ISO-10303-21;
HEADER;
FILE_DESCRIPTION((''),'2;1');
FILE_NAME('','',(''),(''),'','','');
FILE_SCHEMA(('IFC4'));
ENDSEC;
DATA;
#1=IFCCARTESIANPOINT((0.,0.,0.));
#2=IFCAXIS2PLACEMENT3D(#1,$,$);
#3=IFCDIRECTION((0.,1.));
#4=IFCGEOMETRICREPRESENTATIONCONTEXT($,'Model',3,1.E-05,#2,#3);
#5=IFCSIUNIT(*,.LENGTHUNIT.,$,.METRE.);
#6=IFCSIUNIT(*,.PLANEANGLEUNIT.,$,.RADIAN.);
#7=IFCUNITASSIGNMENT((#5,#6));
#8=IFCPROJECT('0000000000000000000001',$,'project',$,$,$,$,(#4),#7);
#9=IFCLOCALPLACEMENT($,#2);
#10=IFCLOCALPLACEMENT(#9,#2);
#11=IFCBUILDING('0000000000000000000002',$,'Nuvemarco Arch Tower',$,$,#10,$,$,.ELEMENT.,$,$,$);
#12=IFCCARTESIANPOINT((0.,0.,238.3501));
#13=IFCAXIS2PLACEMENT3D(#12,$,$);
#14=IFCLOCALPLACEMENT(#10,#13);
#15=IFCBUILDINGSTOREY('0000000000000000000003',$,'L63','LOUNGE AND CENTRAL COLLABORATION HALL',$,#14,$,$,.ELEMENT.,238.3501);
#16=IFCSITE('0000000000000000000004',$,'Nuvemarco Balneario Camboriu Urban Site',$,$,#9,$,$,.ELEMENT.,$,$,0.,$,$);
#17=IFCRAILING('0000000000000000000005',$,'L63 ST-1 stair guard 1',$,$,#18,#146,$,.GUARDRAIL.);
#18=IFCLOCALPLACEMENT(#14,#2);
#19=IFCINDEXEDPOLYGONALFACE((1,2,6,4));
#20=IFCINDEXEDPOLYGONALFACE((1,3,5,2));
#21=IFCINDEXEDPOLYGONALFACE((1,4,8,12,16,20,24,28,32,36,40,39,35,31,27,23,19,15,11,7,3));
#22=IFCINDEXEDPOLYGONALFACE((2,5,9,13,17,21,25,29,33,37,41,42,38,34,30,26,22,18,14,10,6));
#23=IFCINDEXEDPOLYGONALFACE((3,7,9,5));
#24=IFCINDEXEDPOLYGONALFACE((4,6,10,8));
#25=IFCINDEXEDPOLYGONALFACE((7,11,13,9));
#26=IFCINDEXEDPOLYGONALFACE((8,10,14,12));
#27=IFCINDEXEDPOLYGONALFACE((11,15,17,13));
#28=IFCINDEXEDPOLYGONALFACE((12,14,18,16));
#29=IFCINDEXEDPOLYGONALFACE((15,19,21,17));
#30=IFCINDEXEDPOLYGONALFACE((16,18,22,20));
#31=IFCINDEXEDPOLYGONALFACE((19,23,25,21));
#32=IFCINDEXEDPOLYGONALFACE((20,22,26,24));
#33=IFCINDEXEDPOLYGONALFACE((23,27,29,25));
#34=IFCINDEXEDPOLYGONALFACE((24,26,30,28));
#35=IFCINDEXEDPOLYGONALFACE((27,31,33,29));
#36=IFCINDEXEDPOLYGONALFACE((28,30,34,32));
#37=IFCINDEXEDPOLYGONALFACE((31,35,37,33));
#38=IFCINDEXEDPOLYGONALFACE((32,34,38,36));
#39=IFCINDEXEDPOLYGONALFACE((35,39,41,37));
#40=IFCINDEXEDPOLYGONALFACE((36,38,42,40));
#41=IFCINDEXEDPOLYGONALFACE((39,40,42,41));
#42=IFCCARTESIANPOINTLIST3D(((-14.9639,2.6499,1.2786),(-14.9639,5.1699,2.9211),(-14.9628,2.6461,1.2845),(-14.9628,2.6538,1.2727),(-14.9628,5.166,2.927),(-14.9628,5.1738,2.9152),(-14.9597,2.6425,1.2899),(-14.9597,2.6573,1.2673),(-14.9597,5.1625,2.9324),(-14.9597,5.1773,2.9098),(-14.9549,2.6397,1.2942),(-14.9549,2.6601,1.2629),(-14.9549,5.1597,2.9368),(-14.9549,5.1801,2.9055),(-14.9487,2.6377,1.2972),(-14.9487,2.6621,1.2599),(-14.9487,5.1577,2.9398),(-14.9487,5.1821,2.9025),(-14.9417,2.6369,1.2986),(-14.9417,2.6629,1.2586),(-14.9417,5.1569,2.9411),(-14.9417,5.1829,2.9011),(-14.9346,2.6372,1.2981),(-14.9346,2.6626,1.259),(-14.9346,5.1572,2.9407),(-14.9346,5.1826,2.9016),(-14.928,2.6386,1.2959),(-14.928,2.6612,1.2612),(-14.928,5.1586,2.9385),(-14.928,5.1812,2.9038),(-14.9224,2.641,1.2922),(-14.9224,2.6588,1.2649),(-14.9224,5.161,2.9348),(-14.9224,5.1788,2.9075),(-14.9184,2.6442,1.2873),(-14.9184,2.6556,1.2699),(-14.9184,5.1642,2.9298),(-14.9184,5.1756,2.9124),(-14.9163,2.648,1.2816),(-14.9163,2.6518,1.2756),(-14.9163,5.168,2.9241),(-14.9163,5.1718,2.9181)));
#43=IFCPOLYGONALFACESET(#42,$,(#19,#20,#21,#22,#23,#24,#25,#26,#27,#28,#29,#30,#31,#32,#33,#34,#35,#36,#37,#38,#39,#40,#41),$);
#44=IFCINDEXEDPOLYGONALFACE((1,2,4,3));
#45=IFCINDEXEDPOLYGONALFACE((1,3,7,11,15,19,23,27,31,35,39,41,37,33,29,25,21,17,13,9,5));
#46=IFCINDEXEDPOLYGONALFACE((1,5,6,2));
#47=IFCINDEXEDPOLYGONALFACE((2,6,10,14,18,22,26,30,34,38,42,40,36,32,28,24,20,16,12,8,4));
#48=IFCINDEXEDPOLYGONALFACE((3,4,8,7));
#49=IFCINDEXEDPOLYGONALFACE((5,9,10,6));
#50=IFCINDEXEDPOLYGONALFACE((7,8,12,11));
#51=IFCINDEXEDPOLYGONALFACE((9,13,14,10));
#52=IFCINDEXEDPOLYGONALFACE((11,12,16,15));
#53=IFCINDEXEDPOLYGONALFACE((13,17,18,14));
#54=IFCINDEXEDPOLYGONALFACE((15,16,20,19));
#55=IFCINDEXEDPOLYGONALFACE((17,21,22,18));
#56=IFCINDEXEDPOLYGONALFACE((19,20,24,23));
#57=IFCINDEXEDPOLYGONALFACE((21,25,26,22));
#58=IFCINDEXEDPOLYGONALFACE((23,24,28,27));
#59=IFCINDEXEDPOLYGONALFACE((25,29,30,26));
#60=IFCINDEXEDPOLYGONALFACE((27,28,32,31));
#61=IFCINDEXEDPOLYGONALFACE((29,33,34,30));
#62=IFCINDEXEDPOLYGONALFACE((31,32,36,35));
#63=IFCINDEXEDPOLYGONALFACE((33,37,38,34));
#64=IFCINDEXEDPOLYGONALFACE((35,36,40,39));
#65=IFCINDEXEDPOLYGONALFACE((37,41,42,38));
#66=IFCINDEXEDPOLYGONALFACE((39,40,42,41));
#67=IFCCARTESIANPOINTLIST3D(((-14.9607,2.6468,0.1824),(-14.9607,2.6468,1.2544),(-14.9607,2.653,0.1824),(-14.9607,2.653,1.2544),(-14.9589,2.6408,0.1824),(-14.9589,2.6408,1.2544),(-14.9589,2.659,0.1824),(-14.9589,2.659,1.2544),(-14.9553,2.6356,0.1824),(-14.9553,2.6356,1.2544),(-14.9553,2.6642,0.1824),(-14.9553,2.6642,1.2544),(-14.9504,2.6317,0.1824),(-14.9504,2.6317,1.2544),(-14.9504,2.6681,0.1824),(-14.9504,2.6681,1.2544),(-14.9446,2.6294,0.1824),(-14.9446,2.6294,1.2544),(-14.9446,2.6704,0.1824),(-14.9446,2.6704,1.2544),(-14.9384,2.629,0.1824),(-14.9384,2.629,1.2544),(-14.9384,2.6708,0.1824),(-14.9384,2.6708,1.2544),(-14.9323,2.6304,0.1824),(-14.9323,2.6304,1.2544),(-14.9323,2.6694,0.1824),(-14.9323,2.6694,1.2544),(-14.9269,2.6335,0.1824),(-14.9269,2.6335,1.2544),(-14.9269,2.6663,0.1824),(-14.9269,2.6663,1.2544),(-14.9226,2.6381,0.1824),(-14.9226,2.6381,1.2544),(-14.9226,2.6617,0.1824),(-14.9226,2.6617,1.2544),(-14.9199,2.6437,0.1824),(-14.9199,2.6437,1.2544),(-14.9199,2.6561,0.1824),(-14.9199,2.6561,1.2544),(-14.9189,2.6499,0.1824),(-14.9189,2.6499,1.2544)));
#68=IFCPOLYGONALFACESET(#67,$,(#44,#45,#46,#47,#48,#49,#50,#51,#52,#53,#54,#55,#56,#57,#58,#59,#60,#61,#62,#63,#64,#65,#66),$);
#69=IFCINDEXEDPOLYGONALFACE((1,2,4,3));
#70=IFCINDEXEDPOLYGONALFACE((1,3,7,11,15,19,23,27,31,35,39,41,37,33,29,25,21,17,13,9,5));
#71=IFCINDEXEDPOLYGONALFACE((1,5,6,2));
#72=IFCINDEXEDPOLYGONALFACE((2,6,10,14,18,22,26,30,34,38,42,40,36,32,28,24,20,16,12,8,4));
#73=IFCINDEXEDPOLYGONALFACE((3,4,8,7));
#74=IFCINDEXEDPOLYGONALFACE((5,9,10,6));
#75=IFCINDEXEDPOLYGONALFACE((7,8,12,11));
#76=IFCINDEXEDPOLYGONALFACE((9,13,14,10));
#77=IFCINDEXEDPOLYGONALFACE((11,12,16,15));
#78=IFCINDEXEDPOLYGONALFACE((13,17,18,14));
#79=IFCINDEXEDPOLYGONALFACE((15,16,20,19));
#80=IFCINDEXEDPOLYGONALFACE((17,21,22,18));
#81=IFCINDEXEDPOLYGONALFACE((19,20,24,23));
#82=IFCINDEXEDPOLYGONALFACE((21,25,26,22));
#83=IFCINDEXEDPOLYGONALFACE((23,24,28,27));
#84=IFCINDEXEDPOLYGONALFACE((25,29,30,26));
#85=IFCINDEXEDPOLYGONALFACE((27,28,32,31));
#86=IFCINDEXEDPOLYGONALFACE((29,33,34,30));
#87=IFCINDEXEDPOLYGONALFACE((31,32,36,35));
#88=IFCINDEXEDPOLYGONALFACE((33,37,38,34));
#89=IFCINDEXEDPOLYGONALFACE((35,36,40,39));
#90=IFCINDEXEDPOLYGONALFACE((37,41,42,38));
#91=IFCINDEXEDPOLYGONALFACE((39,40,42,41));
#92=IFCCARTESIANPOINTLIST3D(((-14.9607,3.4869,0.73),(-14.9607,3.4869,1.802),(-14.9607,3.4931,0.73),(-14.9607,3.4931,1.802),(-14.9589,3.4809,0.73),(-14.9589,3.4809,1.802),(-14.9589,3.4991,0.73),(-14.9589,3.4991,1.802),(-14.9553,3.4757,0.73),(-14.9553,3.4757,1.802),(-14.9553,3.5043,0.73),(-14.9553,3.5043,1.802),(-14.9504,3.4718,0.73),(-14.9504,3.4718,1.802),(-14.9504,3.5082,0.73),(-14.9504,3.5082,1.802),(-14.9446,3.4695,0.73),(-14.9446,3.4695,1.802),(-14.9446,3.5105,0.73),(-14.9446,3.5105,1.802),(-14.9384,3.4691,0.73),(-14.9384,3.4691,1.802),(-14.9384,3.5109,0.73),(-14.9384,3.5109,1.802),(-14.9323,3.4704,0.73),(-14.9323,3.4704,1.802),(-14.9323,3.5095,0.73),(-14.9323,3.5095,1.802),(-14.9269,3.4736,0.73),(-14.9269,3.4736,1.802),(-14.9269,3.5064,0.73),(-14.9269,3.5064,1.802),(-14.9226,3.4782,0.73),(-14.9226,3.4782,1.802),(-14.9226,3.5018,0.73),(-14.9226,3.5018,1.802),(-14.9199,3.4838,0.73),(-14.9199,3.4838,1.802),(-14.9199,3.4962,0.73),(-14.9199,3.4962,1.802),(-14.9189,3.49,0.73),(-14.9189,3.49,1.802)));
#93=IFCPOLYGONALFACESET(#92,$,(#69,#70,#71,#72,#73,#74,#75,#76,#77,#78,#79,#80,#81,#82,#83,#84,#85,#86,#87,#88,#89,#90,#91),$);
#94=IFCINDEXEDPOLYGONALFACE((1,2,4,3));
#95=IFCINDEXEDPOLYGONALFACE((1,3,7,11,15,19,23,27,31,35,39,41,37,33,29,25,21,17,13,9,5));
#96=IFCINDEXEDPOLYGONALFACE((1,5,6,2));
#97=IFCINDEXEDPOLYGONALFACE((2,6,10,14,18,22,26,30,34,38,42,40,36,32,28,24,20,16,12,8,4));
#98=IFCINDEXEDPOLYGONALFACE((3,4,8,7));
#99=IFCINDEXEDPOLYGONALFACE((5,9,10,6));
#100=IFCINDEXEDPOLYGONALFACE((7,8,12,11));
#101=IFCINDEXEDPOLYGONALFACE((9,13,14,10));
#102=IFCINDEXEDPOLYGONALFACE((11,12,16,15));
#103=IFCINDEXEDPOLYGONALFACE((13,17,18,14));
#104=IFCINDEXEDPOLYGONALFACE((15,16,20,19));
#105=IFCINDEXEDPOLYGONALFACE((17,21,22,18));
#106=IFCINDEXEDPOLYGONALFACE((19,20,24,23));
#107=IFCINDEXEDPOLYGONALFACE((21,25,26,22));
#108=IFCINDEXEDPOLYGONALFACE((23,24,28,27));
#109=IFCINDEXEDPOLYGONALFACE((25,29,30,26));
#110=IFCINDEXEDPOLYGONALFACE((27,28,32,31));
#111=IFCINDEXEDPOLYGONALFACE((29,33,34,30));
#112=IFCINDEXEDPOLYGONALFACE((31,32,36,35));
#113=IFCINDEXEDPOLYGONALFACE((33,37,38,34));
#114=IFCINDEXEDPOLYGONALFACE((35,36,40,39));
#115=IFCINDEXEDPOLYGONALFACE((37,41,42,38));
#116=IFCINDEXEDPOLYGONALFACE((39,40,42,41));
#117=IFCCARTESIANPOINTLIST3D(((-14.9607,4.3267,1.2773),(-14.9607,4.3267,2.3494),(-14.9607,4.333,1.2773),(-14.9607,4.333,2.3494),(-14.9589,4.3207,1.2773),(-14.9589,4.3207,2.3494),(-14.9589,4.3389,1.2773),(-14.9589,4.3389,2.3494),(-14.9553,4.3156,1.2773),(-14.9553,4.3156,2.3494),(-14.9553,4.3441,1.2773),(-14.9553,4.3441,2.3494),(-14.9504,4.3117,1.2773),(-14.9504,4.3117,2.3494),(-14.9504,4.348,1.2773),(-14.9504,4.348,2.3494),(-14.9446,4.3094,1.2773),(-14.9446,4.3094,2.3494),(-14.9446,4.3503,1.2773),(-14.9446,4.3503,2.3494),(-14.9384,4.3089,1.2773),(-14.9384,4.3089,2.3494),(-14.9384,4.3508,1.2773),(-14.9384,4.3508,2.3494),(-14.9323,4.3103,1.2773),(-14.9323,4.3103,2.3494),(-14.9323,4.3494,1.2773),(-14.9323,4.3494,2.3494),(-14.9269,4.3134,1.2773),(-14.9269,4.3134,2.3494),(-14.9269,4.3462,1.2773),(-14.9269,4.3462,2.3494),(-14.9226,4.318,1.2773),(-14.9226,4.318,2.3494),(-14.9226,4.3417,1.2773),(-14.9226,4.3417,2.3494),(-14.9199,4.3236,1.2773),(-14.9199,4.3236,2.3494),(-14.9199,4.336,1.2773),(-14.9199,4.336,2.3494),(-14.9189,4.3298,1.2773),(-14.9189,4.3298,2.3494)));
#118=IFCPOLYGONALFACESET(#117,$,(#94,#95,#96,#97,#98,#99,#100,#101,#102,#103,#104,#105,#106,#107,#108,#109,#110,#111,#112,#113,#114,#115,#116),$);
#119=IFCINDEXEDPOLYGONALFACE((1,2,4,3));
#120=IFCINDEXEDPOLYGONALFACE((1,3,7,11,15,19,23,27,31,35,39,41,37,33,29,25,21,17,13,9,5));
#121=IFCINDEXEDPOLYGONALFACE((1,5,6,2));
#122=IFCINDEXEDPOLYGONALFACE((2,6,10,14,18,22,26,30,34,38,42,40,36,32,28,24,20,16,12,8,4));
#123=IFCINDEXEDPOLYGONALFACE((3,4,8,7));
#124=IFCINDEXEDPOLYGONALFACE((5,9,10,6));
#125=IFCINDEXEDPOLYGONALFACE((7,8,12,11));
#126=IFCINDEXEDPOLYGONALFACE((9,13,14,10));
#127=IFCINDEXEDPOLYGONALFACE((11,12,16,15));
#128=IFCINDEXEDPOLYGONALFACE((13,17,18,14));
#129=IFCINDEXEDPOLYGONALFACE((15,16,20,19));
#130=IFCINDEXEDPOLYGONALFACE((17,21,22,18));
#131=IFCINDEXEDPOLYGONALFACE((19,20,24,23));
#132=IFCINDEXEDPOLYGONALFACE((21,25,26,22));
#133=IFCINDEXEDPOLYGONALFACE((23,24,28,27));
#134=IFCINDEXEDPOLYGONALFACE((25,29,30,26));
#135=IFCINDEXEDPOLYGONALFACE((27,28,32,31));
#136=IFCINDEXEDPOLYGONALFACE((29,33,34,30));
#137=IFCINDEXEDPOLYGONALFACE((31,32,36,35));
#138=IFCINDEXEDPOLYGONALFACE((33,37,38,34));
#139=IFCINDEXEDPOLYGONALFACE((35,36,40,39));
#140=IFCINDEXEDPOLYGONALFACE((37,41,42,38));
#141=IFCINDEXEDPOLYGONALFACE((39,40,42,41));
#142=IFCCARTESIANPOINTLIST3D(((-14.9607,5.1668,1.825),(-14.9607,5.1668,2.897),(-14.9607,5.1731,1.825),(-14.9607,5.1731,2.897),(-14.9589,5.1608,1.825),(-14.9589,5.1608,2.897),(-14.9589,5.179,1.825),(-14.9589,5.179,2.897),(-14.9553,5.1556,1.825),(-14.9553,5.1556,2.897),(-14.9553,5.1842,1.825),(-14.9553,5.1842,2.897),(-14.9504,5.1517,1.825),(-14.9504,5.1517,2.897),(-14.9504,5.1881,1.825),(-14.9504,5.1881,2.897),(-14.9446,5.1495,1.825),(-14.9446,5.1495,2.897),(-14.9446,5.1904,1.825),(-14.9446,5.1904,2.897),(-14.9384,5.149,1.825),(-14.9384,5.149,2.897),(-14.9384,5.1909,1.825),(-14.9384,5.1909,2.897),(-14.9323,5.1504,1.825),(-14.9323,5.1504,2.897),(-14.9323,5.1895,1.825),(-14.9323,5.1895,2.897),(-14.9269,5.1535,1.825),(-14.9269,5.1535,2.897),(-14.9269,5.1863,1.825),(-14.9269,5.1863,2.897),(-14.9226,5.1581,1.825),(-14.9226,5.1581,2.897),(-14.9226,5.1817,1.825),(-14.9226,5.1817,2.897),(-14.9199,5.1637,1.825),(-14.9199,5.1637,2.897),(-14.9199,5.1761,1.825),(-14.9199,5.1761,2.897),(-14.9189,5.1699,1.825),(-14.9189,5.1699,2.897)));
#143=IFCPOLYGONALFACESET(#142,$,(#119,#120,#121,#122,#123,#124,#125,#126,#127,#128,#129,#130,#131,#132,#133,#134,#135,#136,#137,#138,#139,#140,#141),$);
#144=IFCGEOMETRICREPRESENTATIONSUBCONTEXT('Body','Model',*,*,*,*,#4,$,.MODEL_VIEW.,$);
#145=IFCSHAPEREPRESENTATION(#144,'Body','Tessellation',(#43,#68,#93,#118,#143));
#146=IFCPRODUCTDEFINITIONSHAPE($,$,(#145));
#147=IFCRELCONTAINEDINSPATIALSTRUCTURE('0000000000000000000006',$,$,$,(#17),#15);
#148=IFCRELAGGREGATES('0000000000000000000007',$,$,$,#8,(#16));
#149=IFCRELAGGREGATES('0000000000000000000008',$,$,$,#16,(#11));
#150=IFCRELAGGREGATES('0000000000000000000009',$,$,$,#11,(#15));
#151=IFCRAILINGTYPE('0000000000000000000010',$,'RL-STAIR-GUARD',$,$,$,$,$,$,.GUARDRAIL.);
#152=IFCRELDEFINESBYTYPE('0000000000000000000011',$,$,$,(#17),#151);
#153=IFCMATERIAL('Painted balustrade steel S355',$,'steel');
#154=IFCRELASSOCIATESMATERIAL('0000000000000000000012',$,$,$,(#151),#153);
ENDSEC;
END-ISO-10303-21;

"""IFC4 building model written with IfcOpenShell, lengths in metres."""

from ifc_helpers import new_model, si_unit, direction, frame, origin, origin_2d, place, context, subcontext, project, spatial, circle, extrude, material, type_object, element, save


model = new_model("IFC4")

# Units and contexts
model_context = context("Model", 3, precision=1e-05, world=origin(), true_north=direction((0.0, 1.0)))
body_context = subcontext(model_context, "Body", "Model", "MODEL_VIEW")
ifc_project = project(units=[si_unit("LENGTHUNIT", "METRE"), si_unit("PLANEANGLEUNIT", "RADIAN")], contexts=[model_context])

# Site, building, storey
site_placement = place(None, origin())
site = spatial("IfcSite", under=ifc_project, at=site_placement, Name="Nuvemarco Balneario Camboriu Urban Site", CompositionType="ELEMENT", RefElevation=0.0)
building_placement = place(site_placement, origin())
building = spatial("IfcBuilding", under=site, at=building_placement, Name="Nuvemarco Arch Tower", CompositionType="ELEMENT")
storey_placement = place(building_placement, frame((0.0, 0.0, 238.3501)))
storey = spatial("IfcBuildingStorey", under=building, at=storey_placement, Name="L63", Description="LOUNGE AND CENTRAL COLLABORATION HALL", CompositionType="ELEMENT", Elevation=238.3501)

# Railing
ifc_material_1 = material(Name="Painted balustrade steel S355", Category="steel")
railing_type_1 = type_object("IfcRailingType", Name="RL-STAIR-GUARD", PredefinedType="GUARDRAIL", material=ifc_material_1)
railing_1_placement = place(storey_placement, frame((-14.9399, 2.6499, 0.1824)))
element("IfcRailing", 1, at=railing_1_placement, inside=storey, type_object=railing_type_1, Name="L63 ST-1 stair guard 1", PredefinedType="GUARDRAIL", context=body_context, shape_type="SweptSolid", body=[
    extrude(circle(Radius=0.0239, at=origin_2d()), frame((0.0, 0.0, 1.0962), z_axis=(0.0, 0.837749, 0.546055), x_axis=(-1.0, 0.0, 0.0)), (0.0, 0.0, 1.0), 3.0081),
    extrude(circle(Radius=0.021, at=origin_2d()), origin(), (0.0, 0.0, 1.0), 1.072),
    extrude(circle(Radius=0.021, at=origin_2d()), frame((0.0, 0.8401, 0.5476)), (0.0, 0.0, 1.0), 1.072),
    extrude(circle(Radius=0.021, at=origin_2d()), frame((0.0, 1.6799, 1.095)), (0.0, 0.0, 1.0), 1.072),
    extrude(circle(Radius=0.021, at=origin_2d()), frame((0.0, 2.52, 1.6426)), (0.0, 0.0, 1.0), 1.072),
])

save(model, "model.ifc")
